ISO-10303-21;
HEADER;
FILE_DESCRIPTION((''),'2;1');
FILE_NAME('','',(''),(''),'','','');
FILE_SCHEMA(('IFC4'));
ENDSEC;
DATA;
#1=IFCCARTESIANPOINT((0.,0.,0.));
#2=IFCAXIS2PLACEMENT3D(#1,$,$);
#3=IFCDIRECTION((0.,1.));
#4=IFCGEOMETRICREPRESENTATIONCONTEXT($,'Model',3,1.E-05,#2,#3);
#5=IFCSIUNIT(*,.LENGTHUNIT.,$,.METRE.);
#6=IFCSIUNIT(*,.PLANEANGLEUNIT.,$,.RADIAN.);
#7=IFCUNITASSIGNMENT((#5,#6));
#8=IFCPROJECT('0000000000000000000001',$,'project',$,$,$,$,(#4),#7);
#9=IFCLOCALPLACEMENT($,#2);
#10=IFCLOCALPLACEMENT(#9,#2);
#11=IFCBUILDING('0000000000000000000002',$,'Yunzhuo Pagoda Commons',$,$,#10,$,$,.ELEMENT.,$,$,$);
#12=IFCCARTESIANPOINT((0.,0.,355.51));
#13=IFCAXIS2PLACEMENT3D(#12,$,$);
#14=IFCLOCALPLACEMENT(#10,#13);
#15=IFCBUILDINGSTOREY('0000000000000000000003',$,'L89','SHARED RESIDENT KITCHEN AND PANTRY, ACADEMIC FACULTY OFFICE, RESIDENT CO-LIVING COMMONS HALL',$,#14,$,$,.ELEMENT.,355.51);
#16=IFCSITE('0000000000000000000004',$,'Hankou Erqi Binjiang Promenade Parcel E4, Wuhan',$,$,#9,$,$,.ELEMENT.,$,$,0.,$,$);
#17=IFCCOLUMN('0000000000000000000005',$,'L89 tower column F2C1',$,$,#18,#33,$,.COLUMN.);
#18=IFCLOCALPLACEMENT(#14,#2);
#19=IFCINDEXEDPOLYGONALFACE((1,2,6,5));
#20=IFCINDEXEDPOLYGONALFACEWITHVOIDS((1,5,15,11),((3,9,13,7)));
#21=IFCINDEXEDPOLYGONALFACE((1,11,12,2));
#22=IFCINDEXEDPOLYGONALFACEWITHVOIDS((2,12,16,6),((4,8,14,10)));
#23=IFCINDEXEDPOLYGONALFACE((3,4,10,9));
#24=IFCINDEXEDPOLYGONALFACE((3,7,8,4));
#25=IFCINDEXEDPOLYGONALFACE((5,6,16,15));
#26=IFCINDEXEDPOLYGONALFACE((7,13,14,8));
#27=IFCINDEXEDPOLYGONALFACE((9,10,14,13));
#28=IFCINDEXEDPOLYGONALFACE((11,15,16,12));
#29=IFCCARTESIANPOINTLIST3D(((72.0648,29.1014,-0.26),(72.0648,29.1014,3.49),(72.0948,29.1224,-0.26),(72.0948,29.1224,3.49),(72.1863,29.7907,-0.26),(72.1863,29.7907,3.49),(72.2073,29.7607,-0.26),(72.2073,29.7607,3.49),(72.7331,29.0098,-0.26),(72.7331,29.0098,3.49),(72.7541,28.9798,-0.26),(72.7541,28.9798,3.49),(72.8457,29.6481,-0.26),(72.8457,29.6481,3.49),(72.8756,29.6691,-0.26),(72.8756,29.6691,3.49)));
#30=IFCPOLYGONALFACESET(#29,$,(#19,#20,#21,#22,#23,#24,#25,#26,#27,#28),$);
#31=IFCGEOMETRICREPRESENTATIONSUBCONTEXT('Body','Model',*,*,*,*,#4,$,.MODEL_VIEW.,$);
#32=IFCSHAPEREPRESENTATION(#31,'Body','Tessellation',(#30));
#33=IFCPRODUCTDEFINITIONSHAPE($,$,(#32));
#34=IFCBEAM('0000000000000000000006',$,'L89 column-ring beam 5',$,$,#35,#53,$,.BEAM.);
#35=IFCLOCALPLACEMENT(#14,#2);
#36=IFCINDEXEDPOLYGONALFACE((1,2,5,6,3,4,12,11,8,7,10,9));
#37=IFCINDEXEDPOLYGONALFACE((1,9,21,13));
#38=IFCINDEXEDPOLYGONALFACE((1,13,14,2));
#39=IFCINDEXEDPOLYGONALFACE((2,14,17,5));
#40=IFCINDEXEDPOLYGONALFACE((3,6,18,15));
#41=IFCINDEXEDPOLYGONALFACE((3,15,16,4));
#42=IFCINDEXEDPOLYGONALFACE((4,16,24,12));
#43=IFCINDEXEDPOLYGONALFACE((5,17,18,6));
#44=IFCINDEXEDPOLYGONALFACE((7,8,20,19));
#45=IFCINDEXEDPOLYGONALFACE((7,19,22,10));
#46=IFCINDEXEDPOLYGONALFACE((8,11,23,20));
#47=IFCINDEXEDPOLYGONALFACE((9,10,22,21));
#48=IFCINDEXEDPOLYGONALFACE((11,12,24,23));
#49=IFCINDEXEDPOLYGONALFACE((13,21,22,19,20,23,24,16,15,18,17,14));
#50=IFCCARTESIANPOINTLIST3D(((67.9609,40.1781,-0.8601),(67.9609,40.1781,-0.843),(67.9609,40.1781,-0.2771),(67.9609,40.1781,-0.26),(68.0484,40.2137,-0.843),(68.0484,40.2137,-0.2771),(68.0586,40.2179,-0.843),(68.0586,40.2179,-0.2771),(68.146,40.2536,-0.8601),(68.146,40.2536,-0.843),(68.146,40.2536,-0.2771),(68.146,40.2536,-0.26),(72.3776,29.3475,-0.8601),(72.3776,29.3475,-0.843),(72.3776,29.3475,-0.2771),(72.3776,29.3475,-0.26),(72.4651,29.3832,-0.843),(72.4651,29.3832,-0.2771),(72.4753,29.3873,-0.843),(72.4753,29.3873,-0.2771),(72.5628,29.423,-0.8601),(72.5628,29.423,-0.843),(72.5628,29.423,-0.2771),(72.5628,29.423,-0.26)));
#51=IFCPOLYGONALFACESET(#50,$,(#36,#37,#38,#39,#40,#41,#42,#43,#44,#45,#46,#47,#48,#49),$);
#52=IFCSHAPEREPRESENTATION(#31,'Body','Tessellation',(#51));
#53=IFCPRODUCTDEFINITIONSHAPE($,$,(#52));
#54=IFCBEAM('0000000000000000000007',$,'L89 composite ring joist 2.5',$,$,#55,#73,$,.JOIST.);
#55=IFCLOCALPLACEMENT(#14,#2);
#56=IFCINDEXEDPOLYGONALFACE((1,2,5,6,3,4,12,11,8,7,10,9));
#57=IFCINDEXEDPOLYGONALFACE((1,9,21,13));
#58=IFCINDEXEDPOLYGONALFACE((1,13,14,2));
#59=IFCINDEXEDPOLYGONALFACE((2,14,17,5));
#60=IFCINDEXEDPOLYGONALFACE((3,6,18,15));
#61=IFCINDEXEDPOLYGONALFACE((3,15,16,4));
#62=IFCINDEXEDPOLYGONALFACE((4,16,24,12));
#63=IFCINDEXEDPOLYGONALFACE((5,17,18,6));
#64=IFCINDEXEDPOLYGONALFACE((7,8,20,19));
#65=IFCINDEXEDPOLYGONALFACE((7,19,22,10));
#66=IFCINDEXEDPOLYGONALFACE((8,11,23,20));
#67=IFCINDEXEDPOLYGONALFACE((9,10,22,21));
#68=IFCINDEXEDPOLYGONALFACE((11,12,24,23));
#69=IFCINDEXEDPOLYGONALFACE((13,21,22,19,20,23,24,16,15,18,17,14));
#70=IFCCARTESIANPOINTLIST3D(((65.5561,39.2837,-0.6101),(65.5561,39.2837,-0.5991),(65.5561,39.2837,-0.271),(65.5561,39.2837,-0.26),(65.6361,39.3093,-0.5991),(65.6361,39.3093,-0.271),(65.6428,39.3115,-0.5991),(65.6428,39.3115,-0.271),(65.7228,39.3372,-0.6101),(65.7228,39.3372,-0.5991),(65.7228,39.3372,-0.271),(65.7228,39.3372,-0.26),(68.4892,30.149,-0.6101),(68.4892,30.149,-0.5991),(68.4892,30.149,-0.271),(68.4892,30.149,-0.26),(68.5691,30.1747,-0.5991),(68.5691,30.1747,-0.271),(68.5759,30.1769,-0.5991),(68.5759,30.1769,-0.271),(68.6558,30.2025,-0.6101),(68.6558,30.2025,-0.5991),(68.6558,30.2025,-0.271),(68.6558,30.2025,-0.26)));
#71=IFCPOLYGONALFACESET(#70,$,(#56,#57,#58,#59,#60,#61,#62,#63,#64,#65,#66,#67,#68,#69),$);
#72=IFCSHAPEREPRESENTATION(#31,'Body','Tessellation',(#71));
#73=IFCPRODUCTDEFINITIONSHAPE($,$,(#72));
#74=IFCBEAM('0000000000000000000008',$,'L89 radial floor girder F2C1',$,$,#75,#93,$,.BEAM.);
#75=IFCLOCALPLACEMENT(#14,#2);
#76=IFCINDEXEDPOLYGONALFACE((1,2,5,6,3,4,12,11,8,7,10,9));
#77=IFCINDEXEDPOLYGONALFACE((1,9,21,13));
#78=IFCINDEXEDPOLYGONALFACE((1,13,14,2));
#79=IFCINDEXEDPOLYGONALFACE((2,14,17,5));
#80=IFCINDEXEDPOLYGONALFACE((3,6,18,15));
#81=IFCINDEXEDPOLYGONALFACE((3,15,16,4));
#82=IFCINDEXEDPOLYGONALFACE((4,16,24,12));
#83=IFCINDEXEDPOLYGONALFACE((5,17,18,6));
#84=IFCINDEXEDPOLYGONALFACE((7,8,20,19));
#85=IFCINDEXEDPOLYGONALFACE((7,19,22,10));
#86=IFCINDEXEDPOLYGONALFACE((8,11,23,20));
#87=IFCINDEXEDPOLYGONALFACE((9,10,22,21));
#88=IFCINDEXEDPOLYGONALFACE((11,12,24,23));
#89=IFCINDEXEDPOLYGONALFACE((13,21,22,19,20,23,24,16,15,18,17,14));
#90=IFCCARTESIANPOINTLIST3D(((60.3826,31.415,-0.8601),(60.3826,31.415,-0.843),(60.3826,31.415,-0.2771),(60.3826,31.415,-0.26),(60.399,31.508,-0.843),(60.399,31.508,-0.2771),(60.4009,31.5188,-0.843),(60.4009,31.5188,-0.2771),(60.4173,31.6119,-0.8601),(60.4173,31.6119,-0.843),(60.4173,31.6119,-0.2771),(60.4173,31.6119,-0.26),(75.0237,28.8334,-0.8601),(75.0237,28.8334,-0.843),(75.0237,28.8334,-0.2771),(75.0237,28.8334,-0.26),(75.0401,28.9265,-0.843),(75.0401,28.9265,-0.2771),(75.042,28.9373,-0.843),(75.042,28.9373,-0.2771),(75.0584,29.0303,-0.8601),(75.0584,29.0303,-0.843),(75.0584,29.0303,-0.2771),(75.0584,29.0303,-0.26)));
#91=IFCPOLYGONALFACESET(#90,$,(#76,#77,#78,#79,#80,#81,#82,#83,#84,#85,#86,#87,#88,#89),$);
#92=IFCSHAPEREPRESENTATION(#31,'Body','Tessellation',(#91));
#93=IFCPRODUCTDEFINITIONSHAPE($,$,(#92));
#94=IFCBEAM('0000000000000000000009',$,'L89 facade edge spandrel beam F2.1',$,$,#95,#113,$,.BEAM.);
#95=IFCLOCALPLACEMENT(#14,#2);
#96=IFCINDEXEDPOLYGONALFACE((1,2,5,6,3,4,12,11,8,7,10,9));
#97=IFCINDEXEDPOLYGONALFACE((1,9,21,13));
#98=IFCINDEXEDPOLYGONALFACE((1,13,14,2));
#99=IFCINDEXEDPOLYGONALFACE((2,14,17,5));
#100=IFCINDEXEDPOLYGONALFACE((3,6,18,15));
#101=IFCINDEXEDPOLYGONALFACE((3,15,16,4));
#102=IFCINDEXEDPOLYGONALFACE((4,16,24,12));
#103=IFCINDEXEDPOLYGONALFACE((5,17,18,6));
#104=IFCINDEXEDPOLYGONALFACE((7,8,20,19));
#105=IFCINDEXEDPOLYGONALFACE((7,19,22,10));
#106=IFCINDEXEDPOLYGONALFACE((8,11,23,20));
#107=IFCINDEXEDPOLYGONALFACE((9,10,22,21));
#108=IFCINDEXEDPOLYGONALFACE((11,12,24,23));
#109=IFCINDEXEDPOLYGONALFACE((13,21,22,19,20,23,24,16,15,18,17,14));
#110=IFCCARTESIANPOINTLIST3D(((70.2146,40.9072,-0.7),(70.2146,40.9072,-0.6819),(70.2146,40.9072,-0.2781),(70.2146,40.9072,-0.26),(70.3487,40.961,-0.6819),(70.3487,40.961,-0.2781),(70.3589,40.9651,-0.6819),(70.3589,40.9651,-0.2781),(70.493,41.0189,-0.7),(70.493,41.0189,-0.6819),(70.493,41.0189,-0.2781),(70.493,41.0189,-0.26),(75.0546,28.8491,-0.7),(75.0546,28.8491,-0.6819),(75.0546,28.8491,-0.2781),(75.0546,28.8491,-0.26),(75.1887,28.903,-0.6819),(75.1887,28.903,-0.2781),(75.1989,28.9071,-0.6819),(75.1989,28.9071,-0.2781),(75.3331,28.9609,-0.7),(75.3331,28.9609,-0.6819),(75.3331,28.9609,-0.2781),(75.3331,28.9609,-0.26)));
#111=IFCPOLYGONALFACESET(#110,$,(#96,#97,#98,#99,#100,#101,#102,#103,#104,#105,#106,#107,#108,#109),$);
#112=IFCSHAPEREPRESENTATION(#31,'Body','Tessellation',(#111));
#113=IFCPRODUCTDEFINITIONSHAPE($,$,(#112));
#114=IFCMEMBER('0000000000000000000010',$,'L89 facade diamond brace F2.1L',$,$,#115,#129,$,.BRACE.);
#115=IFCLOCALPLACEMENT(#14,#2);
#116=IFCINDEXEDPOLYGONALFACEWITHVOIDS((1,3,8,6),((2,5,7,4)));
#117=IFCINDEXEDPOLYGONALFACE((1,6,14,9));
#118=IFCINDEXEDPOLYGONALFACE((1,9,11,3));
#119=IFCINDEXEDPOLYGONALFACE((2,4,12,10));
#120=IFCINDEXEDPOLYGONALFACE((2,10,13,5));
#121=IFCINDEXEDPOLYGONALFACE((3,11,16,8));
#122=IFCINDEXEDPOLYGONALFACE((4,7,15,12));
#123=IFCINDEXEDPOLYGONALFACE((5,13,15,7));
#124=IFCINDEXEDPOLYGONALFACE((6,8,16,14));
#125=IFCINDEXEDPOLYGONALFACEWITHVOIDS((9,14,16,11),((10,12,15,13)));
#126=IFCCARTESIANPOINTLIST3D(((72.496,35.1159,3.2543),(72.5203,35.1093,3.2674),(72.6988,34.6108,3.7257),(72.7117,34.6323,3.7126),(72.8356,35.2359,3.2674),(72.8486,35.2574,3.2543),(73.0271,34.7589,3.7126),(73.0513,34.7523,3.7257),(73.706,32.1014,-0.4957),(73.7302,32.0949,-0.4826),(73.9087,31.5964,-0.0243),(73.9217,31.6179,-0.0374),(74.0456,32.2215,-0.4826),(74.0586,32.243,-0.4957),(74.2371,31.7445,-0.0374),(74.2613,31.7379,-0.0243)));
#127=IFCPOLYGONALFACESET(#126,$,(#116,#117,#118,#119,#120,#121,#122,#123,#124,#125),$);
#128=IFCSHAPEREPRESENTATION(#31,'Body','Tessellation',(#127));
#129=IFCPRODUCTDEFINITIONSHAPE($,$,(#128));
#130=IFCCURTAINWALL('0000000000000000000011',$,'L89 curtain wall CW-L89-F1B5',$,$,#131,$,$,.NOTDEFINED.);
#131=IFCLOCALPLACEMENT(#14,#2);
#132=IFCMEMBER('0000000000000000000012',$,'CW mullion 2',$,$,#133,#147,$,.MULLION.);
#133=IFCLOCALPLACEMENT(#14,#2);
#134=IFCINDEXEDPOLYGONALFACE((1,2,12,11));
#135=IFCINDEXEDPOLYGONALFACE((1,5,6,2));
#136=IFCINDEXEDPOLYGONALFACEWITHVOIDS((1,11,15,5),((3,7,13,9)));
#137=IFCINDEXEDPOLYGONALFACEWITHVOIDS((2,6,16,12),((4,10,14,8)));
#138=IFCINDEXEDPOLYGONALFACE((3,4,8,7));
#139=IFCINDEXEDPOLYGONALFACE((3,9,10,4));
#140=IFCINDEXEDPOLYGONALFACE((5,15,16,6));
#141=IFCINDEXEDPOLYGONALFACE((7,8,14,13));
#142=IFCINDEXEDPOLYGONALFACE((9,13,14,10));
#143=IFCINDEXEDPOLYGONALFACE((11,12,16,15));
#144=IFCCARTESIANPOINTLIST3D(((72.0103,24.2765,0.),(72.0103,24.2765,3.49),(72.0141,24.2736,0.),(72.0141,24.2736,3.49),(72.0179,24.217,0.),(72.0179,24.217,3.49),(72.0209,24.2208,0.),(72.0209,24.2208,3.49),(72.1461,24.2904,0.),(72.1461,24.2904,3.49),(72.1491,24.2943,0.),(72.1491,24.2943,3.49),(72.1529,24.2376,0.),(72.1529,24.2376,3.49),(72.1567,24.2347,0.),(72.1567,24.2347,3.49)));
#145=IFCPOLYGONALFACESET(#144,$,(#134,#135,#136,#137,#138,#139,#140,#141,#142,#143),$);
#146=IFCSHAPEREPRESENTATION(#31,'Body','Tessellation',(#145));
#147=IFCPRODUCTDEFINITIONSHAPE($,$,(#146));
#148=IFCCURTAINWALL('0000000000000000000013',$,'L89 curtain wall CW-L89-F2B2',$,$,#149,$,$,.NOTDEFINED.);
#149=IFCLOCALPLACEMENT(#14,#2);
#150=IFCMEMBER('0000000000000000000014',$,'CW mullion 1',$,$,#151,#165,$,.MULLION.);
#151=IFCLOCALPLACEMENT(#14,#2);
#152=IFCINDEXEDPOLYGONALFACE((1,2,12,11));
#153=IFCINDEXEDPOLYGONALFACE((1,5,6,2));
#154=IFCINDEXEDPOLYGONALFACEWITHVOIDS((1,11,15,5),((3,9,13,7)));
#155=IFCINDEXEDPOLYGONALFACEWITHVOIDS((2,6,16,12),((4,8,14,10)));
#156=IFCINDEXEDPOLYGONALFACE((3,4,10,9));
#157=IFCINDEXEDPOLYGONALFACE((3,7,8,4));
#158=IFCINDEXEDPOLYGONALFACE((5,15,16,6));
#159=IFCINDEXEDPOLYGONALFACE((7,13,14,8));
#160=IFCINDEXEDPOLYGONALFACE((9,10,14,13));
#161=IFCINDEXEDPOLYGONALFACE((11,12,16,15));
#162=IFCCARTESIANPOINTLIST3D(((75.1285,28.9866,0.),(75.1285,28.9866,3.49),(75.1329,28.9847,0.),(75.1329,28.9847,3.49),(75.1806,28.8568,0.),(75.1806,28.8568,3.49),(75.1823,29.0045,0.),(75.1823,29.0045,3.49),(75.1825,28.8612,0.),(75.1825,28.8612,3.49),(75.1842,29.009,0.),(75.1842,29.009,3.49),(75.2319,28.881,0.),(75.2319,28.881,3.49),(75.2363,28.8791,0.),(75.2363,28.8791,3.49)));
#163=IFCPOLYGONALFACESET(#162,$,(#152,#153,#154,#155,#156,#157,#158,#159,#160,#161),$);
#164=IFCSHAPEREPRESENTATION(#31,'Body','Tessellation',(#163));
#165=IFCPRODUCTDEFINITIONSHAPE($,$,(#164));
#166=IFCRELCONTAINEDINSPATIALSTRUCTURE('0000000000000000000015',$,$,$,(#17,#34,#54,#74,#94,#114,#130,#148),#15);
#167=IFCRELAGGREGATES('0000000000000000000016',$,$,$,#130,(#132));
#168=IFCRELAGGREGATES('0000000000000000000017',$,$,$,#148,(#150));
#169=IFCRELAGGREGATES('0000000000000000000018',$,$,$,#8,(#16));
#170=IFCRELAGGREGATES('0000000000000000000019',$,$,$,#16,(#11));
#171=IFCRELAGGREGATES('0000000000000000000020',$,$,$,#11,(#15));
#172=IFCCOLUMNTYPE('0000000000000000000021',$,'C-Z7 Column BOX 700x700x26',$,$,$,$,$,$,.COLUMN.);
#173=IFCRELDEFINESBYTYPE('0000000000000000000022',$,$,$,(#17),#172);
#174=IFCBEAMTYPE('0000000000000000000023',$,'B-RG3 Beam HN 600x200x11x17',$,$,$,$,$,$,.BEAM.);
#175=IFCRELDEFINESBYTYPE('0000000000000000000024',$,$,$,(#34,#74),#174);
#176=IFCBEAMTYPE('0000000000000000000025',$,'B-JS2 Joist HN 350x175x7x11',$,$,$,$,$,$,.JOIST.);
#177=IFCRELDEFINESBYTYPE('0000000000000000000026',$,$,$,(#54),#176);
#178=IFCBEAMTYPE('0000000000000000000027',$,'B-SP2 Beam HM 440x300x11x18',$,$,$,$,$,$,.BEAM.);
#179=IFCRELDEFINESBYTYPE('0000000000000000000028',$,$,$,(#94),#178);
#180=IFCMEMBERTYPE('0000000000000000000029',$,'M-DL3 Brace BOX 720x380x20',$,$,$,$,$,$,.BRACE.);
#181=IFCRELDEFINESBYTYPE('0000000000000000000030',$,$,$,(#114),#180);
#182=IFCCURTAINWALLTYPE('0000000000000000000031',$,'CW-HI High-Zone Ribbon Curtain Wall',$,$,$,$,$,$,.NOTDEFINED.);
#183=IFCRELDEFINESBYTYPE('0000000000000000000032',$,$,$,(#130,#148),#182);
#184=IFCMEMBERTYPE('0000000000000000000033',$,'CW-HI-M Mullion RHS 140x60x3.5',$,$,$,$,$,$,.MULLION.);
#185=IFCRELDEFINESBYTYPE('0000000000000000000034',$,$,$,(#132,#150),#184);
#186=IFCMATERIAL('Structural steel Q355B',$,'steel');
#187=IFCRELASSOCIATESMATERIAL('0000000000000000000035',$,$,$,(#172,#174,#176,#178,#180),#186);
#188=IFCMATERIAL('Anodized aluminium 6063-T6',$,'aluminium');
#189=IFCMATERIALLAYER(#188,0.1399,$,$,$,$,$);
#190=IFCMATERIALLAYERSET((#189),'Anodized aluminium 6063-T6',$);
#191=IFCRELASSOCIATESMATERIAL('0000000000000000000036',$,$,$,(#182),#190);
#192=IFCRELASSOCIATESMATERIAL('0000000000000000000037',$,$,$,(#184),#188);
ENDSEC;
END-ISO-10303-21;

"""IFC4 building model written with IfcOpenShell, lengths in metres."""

from ifc_helpers import new_model, si_unit, direction, frame, origin, origin_2d, place, context, subcontext, project, spatial, hollow_rectangle, i_section, extrude, source, transform, mapped, material, layer, layer_set, material_profile, profile_set, type_object, element, aggregate, save


model = new_model("IFC4")

# Units and contexts
model_context = context("Model", 3, precision=1e-05, world=origin(), true_north=direction((0.0, 1.0)))
body_context = subcontext(model_context, "Body", "Model", "MODEL_VIEW")
ifc_project = project(units=[si_unit("LENGTHUNIT", "METRE"), si_unit("PLANEANGLEUNIT", "RADIAN")], contexts=[model_context])

# Site, building, storey
site_placement = place(None, origin())
site = spatial("IfcSite", under=ifc_project, at=site_placement, Name="Hankou Erqi Binjiang Promenade Parcel E4, Wuhan", CompositionType="ELEMENT", RefElevation=0.0)
building_placement = place(site_placement, origin())
building = spatial("IfcBuilding", under=site, at=building_placement, Name="Yunzhuo Pagoda Commons", CompositionType="ELEMENT")
storey_placement = place(building_placement, frame((0.0, 0.0, 355.51)))
storey = spatial("IfcBuildingStorey", under=building, at=storey_placement, Name="L89", Description="SHARED RESIDENT KITCHEN AND PANTRY, ACADEMIC FACULTY OFFICE, RESIDENT CO-LIVING COMMONS HALL", CompositionType="ELEMENT", Elevation=355.51)

# Column
ifc_material_1 = material(Name="Structural steel Q355B", Category="steel")
ifc_material_profile_1 = material_profile(ifc_material_1, hollow_rectangle(XDim=0.7, YDim=0.7, WallThickness=0.0259, at=origin_2d()), Name="Structural steel Q355B")
ifc_profile_set_1 = profile_set([ifc_material_profile_1], Name="Structural steel Q355B")
column_type = type_object("IfcColumnType", Name="C-Z7 Column BOX 700x700x26", PredefinedType="COLUMN", material=ifc_profile_set_1)
shared_shape_1 = source(origin(), body_context, "Body", "SweptSolid", [
    extrude(hollow_rectangle(XDim=0.7, YDim=0.7, WallThickness=0.0259, at=origin_2d()), origin(), (0.0, 0.0, 1.0), 3.75),
])
column_placement = place(storey_placement, frame((72.4702, 29.3853, -0.26), z_axis=(0.0, 0.0, 1.0), x_axis=(0.173648, 0.984808, 0.0)))
element("IfcColumn", 1, at=column_placement, inside=storey, type_object=column_type, Name="L89 tower column F2C1", PredefinedType="COLUMN", context=body_context, shape_type="MappedRepresentation", body=[
    mapped(shared_shape_1, transform((0.0, 0.0, 0.0), scale=1.0)),
])

# Beams
ifc_material_profile_2 = material_profile(ifc_material_1, i_section(OverallWidth=0.2, OverallDepth=0.6001, WebThickness=0.011, FlangeThickness=0.0171, at=origin_2d()), Name="Structural steel Q355B")
ifc_profile_set_2 = profile_set([ifc_material_profile_2], Name="Structural steel Q355B")
beam_type_1 = type_object("IfcBeamType", Name="B-RG3 Beam HN 600x200x11x17", PredefinedType="BEAM", material=ifc_profile_set_2)
shared_shape_2 = source(origin(), body_context, "Body", "SweptSolid", [
    extrude(i_section(OverallWidth=0.2, OverallDepth=0.6001, WebThickness=0.011, FlangeThickness=0.0171, at=origin_2d()), origin(), (0.0, 0.0, 1.0), 11.6965),
])
beam_1_placement = place(storey_placement, frame((72.4702, 29.3853, -0.5601), z_axis=(-0.377612, 0.925964, 0.0), x_axis=(-0.925964, -0.377612, 0.0)))
element("IfcBeam", 2, at=beam_1_placement, inside=storey, type_object=beam_type_1, Name="L89 column-ring beam 5", PredefinedType="BEAM", context=body_context, shape_type="MappedRepresentation", body=[
    mapped(shared_shape_2, transform((0.0, 0.0, 0.0), scale=1.0)),
])
ifc_material_profile_3 = material_profile(ifc_material_1, i_section(OverallWidth=0.175, OverallDepth=0.3501, WebThickness=0.0071, FlangeThickness=0.011, at=origin_2d()), Name="Structural steel Q355B")
ifc_profile_set_3 = profile_set([ifc_material_profile_3], Name="Structural steel Q355B")
beam_type_2 = type_object("IfcBeamType", Name="B-JS2 Joist HN 350x175x7x11", PredefinedType="JOIST", material=ifc_profile_set_3)
shared_shape_3 = source(origin(), body_context, "Body", "SweptSolid", [
    extrude(i_section(OverallWidth=0.175, OverallDepth=0.3501, WebThickness=0.0071, FlangeThickness=0.011, at=origin_2d()), origin(), (0.0, 0.0, 1.0), 9.594),
])
beam_2_placement = place(storey_placement, frame((68.5725, 30.1758, -0.4351), z_axis=(-0.305719, 0.952122, 0.0), x_axis=(-0.952122, -0.305719, 0.0)))
element("IfcBeam", 3, at=beam_2_placement, inside=storey, type_object=beam_type_2, Name="L89 composite ring joist 2.5", PredefinedType="JOIST", context=body_context, shape_type="MappedRepresentation", body=[
    mapped(shared_shape_3, transform((0.0, 0.0, 0.0), scale=1.0)),
])
shared_shape_4 = source(origin(), body_context, "Body", "SweptSolid", [
    extrude(i_section(OverallWidth=0.2, OverallDepth=0.6001, WebThickness=0.011, FlangeThickness=0.0171, at=origin_2d()), origin(), (0.0, 0.0, 1.0), 14.8669),
])
beam_3_placement = place(storey_placement, frame((75.041, 28.9319, -0.5601), z_axis=(-0.984809, 0.173643, 0.0), x_axis=(-0.173643, -0.984809, 0.0)))
element("IfcBeam", 4, at=beam_3_placement, inside=storey, type_object=beam_type_1, Name="L89 radial floor girder F2C1", PredefinedType="BEAM", context=body_context, shape_type="MappedRepresentation", body=[
    mapped(shared_shape_4, transform((0.0, 0.0, 0.0), scale=1.0)),
])
ifc_material_profile_4 = material_profile(ifc_material_1, i_section(OverallWidth=0.3, OverallDepth=0.4399, WebThickness=0.011, FlangeThickness=0.0181, at=origin_2d()), Name="Structural steel Q355B")
ifc_profile_set_4 = profile_set([ifc_material_profile_4], Name="Structural steel Q355B")
beam_type_3 = type_object("IfcBeamType", Name="B-SP2 Beam HM 440x300x11x18", PredefinedType="BEAM", material=ifc_profile_set_4)
shared_shape_5 = source(origin(), body_context, "Body", "SweptSolid", [
    extrude(i_section(OverallWidth=0.3, OverallDepth=0.4399, WebThickness=0.011, FlangeThickness=0.0181, at=origin_2d()), origin(), (0.0, 0.0, 1.0), 12.9932),
])
beam_4_placement = place(storey_placement, frame((75.1938, 28.905, -0.48), z_axis=(-0.372508, 0.928029, 0.0), x_axis=(-0.928029, -0.372508, 0.0)))
element("IfcBeam", 5, at=beam_4_placement, inside=storey, type_object=beam_type_3, Name="L89 facade edge spandrel beam F2.1", PredefinedType="BEAM", context=body_context, shape_type="MappedRepresentation", body=[
    mapped(shared_shape_5, transform((0.0, 0.0, 0.0), scale=1.0)),
])

# Member
ifc_material_profile_5 = material_profile(ifc_material_1, hollow_rectangle(XDim=0.3799, YDim=0.72, WallThickness=0.02, at=origin_2d()), Name="Structural steel Q355B")
ifc_profile_set_5 = profile_set([ifc_material_profile_5], Name="Structural steel Q355B")
member_type_1 = type_object("IfcMemberType", Name="M-DL3 Brace BOX 720x380x20", PredefinedType="BRACE", material=ifc_profile_set_5)
shared_shape_6 = source(origin(), body_context, "Body", "SweptSolid", [
    extrude(hollow_rectangle(XDim=0.3799, YDim=0.72, WallThickness=0.02, at=origin_2d()), origin(), (0.0, 0.0, 1.0), 4.9612),
])
member_1_placement = place(storey_placement, frame((73.9836, 31.9197, -0.26), z_axis=(-0.243887, 0.6076, 0.755871), x_axis=(-0.92803, -0.372505, 0.0)))
element("IfcMember", 6, at=member_1_placement, inside=storey, type_object=member_type_1, Name="L89 facade diamond brace F2.1L", PredefinedType="BRACE", context=body_context, shape_type="MappedRepresentation", body=[
    mapped(shared_shape_6, transform((0.0, 0.0, 0.0), scale=1.0)),
])

# Curtain walls, members
ifc_material_2 = material(Name="Anodized aluminium 6063-T6", Category="aluminium")
ifc_layer_1 = layer(ifc_material_2, 0.1399)
ifc_layer_set_1 = layer_set([ifc_layer_1], Name="Anodized aluminium 6063-T6")
curtain_wall_type = type_object("IfcCurtainWallType", Name="CW-HI High-Zone Ribbon Curtain Wall", PredefinedType="NOTDEFINED", material=ifc_layer_set_1)
curtain_wall_1_placement = place(storey_placement, origin())
curtain_wall_1 = element("IfcCurtainWall", 7, at=curtain_wall_1_placement, inside=storey, type_object=curtain_wall_type, Name="L89 curtain wall CW-L89-F1B5", PredefinedType="NOTDEFINED")
ifc_material_profile_6 = material_profile(ifc_material_2, hollow_rectangle(XDim=0.0601, YDim=0.1399, WallThickness=0.0034, at=origin_2d()), Name="Anodized aluminium 6063-T6")
ifc_profile_set_6 = profile_set([ifc_material_profile_6], Name="Anodized aluminium 6063-T6")
member_type_2 = type_object("IfcMemberType", Name="CW-HI-M Mullion RHS 140x60x3.5", PredefinedType="MULLION", material=ifc_profile_set_6)
shared_shape_7 = source(origin(), body_context, "Body", "SweptSolid", [
    extrude(hollow_rectangle(XDim=0.0601, YDim=0.1399, WallThickness=0.0034, at=origin_2d()), origin(), (0.0, 0.0, 1.0), 3.49),
])
member_2_placement = place(storey_placement, frame((72.0835, 24.2556, 0.0), z_axis=(0.0, 0.0, 1.0), x_axis=(-0.126571, 0.991958, 0.0)))
member_2 = element("IfcMember", 8, at=member_2_placement, type_object=member_type_2, Name="CW mullion 2", PredefinedType="MULLION", context=body_context, shape_type="MappedRepresentation", body=[
    mapped(shared_shape_7, transform((0.0, 0.0, 0.0), scale=1.0)),
])
aggregate(curtain_wall_1, [member_2])
curtain_wall_2_placement = place(storey_placement, origin())
curtain_wall_2 = element("IfcCurtainWall", 9, at=curtain_wall_2_placement, inside=storey, type_object=curtain_wall_type, Name="L89 curtain wall CW-L89-F2B2", PredefinedType="NOTDEFINED")
member_3_placement = place(storey_placement, frame((75.1824, 28.9329, 0.0), z_axis=(0.0, 0.0, 1.0), x_axis=(-0.928039, -0.372483, 0.0)))
member_3 = element("IfcMember", 10, at=member_3_placement, type_object=member_type_2, Name="CW mullion 1", PredefinedType="MULLION", context=body_context, shape_type="MappedRepresentation", body=[
    mapped(shared_shape_7, transform((0.0, 0.0, 0.0), scale=1.0)),
])

aggregate(curtain_wall_2, [member_3])

save(model, "model.ifc")
